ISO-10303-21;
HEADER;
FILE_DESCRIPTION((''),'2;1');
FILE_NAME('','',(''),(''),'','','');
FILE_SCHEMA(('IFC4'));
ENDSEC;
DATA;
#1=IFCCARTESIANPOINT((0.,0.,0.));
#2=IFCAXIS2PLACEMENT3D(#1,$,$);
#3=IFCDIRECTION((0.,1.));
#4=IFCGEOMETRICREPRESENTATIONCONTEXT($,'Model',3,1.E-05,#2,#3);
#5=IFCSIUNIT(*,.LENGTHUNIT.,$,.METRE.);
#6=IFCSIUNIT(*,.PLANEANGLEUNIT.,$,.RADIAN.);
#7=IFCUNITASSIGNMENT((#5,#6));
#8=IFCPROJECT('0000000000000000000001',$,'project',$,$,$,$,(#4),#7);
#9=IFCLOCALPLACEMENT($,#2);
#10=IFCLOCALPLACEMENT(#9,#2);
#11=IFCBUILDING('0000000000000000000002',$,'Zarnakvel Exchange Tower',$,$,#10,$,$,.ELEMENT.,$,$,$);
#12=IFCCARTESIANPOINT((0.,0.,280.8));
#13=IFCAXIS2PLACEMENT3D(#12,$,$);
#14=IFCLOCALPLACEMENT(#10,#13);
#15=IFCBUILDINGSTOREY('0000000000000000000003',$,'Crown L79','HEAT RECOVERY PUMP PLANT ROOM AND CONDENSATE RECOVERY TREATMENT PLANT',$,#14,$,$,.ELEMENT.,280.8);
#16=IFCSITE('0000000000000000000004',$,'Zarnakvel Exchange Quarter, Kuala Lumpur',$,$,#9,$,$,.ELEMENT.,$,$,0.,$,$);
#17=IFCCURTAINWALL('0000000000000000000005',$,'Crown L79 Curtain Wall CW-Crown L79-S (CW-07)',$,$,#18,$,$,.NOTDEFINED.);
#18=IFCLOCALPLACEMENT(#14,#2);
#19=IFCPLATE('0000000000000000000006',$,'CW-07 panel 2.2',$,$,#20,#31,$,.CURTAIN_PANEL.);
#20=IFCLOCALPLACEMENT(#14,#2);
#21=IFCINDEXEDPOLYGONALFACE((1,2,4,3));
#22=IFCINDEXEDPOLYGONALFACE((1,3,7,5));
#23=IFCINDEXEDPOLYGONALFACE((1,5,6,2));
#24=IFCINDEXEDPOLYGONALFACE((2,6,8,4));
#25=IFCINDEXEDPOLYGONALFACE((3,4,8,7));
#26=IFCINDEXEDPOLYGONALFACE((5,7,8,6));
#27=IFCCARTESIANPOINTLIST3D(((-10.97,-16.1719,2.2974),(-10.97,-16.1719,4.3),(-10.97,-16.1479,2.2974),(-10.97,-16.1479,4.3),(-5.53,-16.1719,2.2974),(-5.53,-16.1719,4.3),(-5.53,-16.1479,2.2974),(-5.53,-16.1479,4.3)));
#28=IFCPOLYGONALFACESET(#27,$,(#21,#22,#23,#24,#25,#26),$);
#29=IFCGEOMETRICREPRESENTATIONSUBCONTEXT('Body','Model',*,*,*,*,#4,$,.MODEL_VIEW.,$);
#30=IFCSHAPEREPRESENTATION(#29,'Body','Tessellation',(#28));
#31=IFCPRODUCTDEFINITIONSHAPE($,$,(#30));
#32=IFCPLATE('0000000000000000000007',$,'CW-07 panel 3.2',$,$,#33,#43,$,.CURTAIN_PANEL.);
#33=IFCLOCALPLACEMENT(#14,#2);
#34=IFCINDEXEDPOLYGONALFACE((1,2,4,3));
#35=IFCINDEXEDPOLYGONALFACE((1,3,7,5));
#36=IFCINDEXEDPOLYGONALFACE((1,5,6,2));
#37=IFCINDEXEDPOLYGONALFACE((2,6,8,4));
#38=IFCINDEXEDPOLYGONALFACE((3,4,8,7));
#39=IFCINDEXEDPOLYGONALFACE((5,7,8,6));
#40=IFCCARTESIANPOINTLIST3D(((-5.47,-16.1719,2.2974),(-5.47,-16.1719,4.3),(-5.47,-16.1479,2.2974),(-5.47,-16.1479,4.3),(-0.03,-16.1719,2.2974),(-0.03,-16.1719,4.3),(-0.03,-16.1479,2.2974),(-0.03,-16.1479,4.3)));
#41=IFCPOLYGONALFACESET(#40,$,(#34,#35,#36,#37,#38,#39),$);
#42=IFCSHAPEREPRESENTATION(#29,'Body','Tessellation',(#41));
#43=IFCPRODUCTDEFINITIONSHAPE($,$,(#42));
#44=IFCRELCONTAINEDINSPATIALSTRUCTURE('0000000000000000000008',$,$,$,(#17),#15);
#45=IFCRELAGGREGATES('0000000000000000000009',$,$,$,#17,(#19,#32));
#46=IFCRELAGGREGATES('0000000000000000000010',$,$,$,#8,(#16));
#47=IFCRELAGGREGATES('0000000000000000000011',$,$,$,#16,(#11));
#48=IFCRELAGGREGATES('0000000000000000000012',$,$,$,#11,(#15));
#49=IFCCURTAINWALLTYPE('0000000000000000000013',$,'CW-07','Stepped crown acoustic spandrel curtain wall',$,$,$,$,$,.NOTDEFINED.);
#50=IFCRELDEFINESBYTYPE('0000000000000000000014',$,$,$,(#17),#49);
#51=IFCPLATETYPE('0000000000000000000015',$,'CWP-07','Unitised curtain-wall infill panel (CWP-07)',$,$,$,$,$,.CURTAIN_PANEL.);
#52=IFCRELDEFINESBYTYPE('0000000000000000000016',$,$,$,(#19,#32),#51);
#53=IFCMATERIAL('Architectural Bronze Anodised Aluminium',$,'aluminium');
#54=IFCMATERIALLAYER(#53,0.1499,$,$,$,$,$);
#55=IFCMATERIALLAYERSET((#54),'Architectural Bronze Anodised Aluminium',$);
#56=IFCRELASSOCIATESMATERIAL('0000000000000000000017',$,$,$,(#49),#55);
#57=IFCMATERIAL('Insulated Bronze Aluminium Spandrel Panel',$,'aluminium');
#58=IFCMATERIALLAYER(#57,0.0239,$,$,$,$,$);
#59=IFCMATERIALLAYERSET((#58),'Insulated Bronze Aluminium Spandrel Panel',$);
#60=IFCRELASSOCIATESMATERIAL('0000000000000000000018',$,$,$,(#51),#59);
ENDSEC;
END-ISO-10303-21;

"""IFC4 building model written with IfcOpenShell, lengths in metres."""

from ifc_helpers import new_model, si_unit, direction, frame, origin, origin_2d, place, context, subcontext, project, spatial, rectangle, extrude, source, transform, mapped, material, layer, layer_set, type_object, element, aggregate, save


model = new_model("IFC4")

# Units and contexts
model_context = context("Model", 3, precision=1e-05, world=origin(), true_north=direction((0.0, 1.0)))
body_context = subcontext(model_context, "Body", "Model", "MODEL_VIEW")
ifc_project = project(units=[si_unit("LENGTHUNIT", "METRE"), si_unit("PLANEANGLEUNIT", "RADIAN")], contexts=[model_context])

# Site, building, storey
site_placement = place(None, origin())
site = spatial("IfcSite", under=ifc_project, at=site_placement, Name="Zarnakvel Exchange Quarter, Kuala Lumpur", CompositionType="ELEMENT", RefElevation=0.0)
building_placement = place(site_placement, origin())
building = spatial("IfcBuilding", under=site, at=building_placement, Name="Zarnakvel Exchange Tower", CompositionType="ELEMENT")
storey_placement = place(building_placement, frame((0.0, 0.0, 280.8)))
storey = spatial("IfcBuildingStorey", under=building, at=storey_placement, Name="Crown L79", Description="HEAT RECOVERY PUMP PLANT ROOM AND CONDENSATE RECOVERY TREATMENT PLANT", CompositionType="ELEMENT", Elevation=280.8)

# Curtain wall, plates
ifc_material_1 = material(Name="Architectural Bronze Anodised Aluminium", Category="aluminium")
ifc_layer_1 = layer(ifc_material_1, 0.1499)
ifc_layer_set_1 = layer_set([ifc_layer_1], Name="Architectural Bronze Anodised Aluminium")
curtain_wall_type = type_object("IfcCurtainWallType", Name="CW-07", Description="Stepped crown acoustic spandrel curtain wall", PredefinedType="NOTDEFINED", material=ifc_layer_set_1)
curtain_wall_placement = place(storey_placement, origin())
curtain_wall = element("IfcCurtainWall", 1, at=curtain_wall_placement, inside=storey, type_object=curtain_wall_type, Name="Crown L79 Curtain Wall CW-Crown L79-S (CW-07)", PredefinedType="NOTDEFINED")
ifc_material_2 = material(Name="Insulated Bronze Aluminium Spandrel Panel", Category="aluminium")
ifc_layer_2 = layer(ifc_material_2, 0.0239)
ifc_layer_set_2 = layer_set([ifc_layer_2], Name="Insulated Bronze Aluminium Spandrel Panel")
plate_type = type_object("IfcPlateType", Name="CWP-07", Description="Unitised curtain-wall infill panel (CWP-07)", PredefinedType="CURTAIN_PANEL", material=ifc_layer_set_2)
shared_shape_1 = source(origin(), body_context, "Body", "SweptSolid", [
    extrude(rectangle(XDim=5.4399, YDim=0.0239, at=origin_2d()), origin(), (0.0, 0.0, 1.0), 2.0027),
])
plate_1_placement = place(storey_placement, frame((-8.25, -16.1599, 2.2974), z_axis=(0.0, 0.0, 1.0), x_axis=(1.0, 0.0, 0.0)))
plate_1 = element("IfcPlate", 2, at=plate_1_placement, type_object=plate_type, Name="CW-07 panel 2.2", PredefinedType="CURTAIN_PANEL", context=body_context, shape_type="MappedRepresentation", body=[
    mapped(shared_shape_1, transform((0.0, 0.0, 0.0), x_axis=(1.0, 0.0, 0.0), y_axis=(0.0, 1.0, 0.0), z_axis=(0.0, 0.0, 1.0), scale=1.0)),
])
plate_2_placement = place(storey_placement, frame((-2.75, -16.1599, 2.2974), z_axis=(0.0, 0.0, 1.0), x_axis=(1.0, 0.0, 0.0)))
plate_2 = element("IfcPlate", 3, at=plate_2_placement, type_object=plate_type, Name="CW-07 panel 3.2", PredefinedType="CURTAIN_PANEL", context=body_context, shape_type="MappedRepresentation", body=[
    mapped(shared_shape_1, transform((0.0, 0.0, 0.0), x_axis=(1.0, 0.0, 0.0), y_axis=(0.0, 1.0, 0.0), z_axis=(0.0, 0.0, 1.0), scale=1.0)),
])
aggregate(curtain_wall, [plate_1, plate_2])

save(model, "model.ifc")
